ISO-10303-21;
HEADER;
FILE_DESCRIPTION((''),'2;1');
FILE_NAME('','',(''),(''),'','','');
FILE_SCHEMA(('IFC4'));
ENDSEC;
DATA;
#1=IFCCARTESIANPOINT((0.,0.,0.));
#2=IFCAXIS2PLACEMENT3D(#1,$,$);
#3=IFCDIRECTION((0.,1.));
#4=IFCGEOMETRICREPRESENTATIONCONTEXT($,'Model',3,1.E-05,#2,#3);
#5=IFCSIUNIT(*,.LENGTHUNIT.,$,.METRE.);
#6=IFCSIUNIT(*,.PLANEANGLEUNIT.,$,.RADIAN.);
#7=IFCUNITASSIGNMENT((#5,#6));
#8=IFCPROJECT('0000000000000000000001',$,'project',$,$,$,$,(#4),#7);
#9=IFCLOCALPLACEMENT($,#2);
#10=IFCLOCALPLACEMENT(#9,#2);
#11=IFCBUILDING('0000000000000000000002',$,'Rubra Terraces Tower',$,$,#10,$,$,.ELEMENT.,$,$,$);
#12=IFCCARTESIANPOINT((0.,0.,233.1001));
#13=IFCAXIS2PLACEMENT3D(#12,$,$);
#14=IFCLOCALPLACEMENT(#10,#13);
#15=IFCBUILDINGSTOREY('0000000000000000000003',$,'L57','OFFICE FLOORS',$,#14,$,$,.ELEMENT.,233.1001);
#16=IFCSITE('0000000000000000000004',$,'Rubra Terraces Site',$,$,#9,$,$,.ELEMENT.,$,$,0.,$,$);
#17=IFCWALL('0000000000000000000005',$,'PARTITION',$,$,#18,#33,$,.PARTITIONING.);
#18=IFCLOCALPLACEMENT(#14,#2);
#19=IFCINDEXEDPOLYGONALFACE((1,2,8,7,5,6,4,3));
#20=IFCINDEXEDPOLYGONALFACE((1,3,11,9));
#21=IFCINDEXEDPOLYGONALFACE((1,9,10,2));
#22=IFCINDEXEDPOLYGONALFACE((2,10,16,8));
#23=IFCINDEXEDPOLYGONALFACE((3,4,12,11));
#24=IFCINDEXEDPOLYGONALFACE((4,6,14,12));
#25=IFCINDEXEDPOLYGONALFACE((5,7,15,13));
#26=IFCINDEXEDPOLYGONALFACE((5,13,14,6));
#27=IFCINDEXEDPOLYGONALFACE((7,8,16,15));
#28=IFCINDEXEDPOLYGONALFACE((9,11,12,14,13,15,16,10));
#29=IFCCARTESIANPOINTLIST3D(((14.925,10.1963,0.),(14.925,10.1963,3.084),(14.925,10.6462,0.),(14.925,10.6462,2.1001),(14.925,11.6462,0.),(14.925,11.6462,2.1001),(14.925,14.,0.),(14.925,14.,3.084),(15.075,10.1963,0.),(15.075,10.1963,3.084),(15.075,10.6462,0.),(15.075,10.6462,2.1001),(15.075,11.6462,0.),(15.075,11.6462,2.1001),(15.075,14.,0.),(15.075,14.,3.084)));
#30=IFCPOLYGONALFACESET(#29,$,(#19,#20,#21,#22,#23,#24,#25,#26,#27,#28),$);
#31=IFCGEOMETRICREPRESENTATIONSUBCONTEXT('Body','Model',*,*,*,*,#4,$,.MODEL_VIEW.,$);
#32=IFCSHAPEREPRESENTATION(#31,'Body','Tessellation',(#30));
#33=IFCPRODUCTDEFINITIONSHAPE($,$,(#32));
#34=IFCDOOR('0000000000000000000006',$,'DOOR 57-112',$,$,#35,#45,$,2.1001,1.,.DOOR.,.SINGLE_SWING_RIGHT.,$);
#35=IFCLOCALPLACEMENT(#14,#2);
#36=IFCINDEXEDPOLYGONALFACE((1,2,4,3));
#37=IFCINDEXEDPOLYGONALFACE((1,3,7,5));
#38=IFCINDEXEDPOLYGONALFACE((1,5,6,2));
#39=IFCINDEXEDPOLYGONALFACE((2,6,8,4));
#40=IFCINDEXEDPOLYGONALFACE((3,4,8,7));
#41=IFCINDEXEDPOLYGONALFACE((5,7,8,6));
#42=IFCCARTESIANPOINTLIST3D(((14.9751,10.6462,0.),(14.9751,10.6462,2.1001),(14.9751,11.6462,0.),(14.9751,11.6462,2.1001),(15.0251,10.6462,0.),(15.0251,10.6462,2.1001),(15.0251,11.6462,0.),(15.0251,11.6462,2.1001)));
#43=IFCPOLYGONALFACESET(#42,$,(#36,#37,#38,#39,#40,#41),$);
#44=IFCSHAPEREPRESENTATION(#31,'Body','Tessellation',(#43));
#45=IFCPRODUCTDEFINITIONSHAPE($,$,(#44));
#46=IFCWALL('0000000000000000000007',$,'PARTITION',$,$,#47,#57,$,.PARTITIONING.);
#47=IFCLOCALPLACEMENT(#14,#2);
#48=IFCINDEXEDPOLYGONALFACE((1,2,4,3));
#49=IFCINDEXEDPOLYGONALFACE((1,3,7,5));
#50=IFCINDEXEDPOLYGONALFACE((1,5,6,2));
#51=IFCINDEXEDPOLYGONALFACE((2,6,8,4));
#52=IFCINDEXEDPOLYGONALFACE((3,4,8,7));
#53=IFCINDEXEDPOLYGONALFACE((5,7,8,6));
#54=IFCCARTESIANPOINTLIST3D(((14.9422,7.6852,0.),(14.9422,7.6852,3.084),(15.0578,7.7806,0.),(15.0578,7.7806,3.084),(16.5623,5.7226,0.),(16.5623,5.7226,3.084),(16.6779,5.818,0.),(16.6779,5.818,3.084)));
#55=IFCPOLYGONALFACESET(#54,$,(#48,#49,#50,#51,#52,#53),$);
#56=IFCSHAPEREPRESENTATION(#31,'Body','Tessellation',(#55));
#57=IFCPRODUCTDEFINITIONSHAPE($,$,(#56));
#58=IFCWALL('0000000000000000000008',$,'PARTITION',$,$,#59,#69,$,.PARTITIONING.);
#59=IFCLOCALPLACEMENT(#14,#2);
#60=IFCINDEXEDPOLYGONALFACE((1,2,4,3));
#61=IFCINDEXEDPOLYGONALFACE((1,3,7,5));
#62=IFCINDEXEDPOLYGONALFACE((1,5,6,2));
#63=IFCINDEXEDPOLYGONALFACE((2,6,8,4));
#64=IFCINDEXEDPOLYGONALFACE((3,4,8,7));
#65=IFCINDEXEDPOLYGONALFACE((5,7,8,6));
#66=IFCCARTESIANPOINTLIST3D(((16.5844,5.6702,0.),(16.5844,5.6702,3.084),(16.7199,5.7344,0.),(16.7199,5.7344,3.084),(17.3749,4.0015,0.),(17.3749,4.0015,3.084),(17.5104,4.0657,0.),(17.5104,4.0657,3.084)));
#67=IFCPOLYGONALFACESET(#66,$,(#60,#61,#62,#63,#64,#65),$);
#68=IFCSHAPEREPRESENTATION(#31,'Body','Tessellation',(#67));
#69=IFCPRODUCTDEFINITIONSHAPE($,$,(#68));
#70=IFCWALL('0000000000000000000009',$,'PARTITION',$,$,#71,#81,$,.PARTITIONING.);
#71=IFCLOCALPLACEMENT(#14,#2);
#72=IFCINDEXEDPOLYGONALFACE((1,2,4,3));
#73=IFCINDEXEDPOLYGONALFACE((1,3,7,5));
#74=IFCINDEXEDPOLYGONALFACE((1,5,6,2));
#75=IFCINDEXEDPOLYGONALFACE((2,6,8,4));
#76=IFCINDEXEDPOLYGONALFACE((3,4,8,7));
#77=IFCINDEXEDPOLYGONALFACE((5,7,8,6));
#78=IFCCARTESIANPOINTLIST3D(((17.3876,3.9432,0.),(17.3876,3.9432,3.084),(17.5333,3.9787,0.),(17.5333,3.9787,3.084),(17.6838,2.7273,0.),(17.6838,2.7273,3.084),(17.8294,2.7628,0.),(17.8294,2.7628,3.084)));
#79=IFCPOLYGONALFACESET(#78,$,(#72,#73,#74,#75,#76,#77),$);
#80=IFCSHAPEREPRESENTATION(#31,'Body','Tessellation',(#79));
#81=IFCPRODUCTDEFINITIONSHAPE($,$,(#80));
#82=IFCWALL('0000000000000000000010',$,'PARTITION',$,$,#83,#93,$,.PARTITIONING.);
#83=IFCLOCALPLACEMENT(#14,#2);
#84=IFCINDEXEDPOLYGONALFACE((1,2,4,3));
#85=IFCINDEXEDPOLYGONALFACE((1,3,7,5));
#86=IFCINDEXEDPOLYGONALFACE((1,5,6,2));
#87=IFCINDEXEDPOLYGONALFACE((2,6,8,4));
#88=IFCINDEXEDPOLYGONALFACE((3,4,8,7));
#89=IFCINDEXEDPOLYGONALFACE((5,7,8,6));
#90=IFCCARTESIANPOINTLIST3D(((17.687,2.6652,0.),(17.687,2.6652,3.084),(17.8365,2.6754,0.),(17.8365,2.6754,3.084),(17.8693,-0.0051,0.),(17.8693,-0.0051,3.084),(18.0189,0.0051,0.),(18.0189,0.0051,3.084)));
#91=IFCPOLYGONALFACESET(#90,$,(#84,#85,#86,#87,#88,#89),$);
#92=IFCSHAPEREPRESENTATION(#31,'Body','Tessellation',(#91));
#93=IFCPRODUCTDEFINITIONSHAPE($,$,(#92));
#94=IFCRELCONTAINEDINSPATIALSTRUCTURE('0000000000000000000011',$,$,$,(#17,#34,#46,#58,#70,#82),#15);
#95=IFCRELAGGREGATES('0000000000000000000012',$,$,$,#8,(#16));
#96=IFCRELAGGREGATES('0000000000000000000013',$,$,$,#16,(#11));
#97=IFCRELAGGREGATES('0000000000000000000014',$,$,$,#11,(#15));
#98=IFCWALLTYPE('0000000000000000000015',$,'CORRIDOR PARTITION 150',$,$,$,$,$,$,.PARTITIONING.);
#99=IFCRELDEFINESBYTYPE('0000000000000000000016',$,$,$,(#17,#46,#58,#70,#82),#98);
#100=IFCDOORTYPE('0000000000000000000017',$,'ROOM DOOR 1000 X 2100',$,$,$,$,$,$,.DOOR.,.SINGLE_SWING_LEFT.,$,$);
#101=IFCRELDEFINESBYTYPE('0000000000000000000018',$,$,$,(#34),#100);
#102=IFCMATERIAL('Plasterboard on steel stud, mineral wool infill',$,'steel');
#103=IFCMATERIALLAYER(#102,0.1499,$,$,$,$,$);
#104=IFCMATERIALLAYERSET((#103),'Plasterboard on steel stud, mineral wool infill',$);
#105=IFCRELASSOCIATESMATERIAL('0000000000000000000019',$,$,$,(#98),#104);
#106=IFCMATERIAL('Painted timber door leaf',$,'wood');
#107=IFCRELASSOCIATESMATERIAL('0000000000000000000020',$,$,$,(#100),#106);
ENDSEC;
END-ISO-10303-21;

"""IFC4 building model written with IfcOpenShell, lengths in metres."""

from ifc_helpers import new_model, si_unit, direction, frame, frame_2d, origin, place, context, subcontext, project, spatial, rectangle, extrude, material, layer, layer_set, type_object, element, fill, save


model = new_model("IFC4")

# Units and contexts
model_context = context("Model", 3, precision=1e-05, world=origin(), true_north=direction((0.0, 1.0)))
body_context = subcontext(model_context, "Body", "Model", "MODEL_VIEW")
ifc_project = project(units=[si_unit("LENGTHUNIT", "METRE"), si_unit("PLANEANGLEUNIT", "RADIAN")], contexts=[model_context])

# Site, building, storey
site_placement = place(None, origin())
site = spatial("IfcSite", under=ifc_project, at=site_placement, Name="Rubra Terraces Site", CompositionType="ELEMENT", RefElevation=0.0)
building_placement = place(site_placement, origin())
building = spatial("IfcBuilding", under=site, at=building_placement, Name="Rubra Terraces Tower", CompositionType="ELEMENT")
storey_placement = place(building_placement, frame((0.0, 0.0, 233.1001)))
storey = spatial("IfcBuildingStorey", under=building, at=storey_placement, Name="L57", Description="OFFICE FLOORS", CompositionType="ELEMENT", Elevation=233.1001)

# Shared definitions
ifc_material_1 = material(Name="Plasterboard on steel stud, mineral wool infill", Category="steel")
ifc_layer_1 = layer(ifc_material_1, 0.1499)
ifc_layer_set_1 = layer_set([ifc_layer_1], Name="Plasterboard on steel stud, mineral wool infill")
wall_type_1 = type_object("IfcWallType", Name="CORRIDOR PARTITION 150", PredefinedType="PARTITIONING", material=ifc_layer_set_1)

# Wall, opening, door
wall_1_placement = place(storey_placement, frame((15.0, 10.1963, 0.0), z_axis=(0.0, 0.0, 1.0), x_axis=(0.0, 1.0, 0.0)))
wall_1 = element("IfcWall", 1, at=wall_1_placement, inside=storey, type_object=wall_type_1, Name="PARTITION", PredefinedType="PARTITIONING", context=body_context, shape_type="SweptSolid", body=[
    extrude(rectangle(XDim=3.8037, YDim=0.1499, at=frame_2d((1.9019, 0.0))), origin(), (0.0, 0.0, 1.0), 3.084),
])
opening_1_placement = place(wall_1_placement, frame((0.45, 0.0, 0.0)))
opening_1 = element("IfcOpeningElement", 2, at=opening_1_placement, cuts=wall_1, PredefinedType="OPENING", context=body_context, shape_type="SweptSolid", body=[
    extrude(rectangle(XDim=1.0, YDim=2.1001, at=frame_2d((0.5, 1.05))), frame((0.0, 0.085, 0.0), z_axis=(0.0, -1.0, 0.0), x_axis=(1.0, 0.0, 0.0)), (0.0, 0.0, 1.0), 0.1699),
])
ifc_material_2 = material(Name="Painted timber door leaf", Category="wood")
door_type_1 = type_object("IfcDoorType", Name="ROOM DOOR 1000 X 2100", OperationType="SINGLE_SWING_LEFT", PredefinedType="DOOR", material=ifc_material_2)
door_1_placement = place(opening_1_placement, origin())
door_1 = element("IfcDoor", 3, at=door_1_placement, inside=storey, type_object=door_type_1, Name="DOOR 57-112", OperationType="SINGLE_SWING_RIGHT", OverallHeight=2.1001, OverallWidth=1.0, PredefinedType="DOOR", context=body_context, shape_type="SweptSolid", body=[
    extrude(rectangle(XDim=1.0, YDim=2.1001, at=frame_2d((0.5, 1.05))), frame((0.0, 0.0249, 0.0), z_axis=(0.0, -1.0, 0.0), x_axis=(1.0, 0.0, 0.0)), (0.0, 0.0, 1.0), 0.05),
])
fill(opening_1, door_1)

# Walls
wall_2_placement = place(storey_placement, frame((15.0, 7.7329, 0.0), z_axis=(0.0, 0.0, 1.0), x_axis=(0.636601, -0.771193, 0.0)))
element("IfcWall", 4, at=wall_2_placement, inside=storey, type_object=wall_type_1, Name="PARTITION", PredefinedType="PARTITIONING", context=body_context, shape_type="SweptSolid", body=[
    extrude(rectangle(XDim=2.5449, YDim=0.1499, at=frame_2d((1.2725, 0.0))), origin(), (0.0, 0.0, 1.0), 3.084),
])
wall_3_placement = place(storey_placement, frame((16.6521, 5.7024, 0.0), z_axis=(0.0, 0.0, 1.0), x_axis=(0.428126, -0.903719, 0.0)))
element("IfcWall", 5, at=wall_3_placement, inside=storey, type_object=wall_type_1, Name="PARTITION", PredefinedType="PARTITIONING", context=body_context, shape_type="SweptSolid", body=[
    extrude(rectangle(XDim=1.8464, YDim=0.1499, at=frame_2d((0.9233, 0.0))), origin(), (0.0, 0.0, 1.0), 3.084),
])
wall_4_placement = place(storey_placement, frame((17.4604, 3.9609, 0.0), z_axis=(0.0, 0.0, 1.0), x_axis=(0.236655, -0.971594, 0.0)))
element("IfcWall", 6, at=wall_4_placement, inside=storey, type_object=wall_type_1, Name="PARTITION", PredefinedType="PARTITIONING", context=body_context, shape_type="SweptSolid", body=[
    extrude(rectangle(XDim=1.2515, YDim=0.1499, at=frame_2d((0.6257, 0.0))), origin(), (0.0, 0.0, 1.0), 3.084),
])
wall_5_placement = place(storey_placement, frame((17.7617, 2.6704, 0.0), z_axis=(0.0, 0.0, 1.0), x_axis=(0.068135, -0.997676, 0.0)))
element("IfcWall", 7, at=wall_5_placement, inside=storey, type_object=wall_type_1, Name="PARTITION", PredefinedType="PARTITIONING", context=body_context, shape_type="SweptSolid", body=[
    extrude(rectangle(XDim=2.6765, YDim=0.1499, at=frame_2d((1.3384, 0.0))), origin(), (0.0, 0.0, 1.0), 3.084),
])

save(model, "model.ifc")
